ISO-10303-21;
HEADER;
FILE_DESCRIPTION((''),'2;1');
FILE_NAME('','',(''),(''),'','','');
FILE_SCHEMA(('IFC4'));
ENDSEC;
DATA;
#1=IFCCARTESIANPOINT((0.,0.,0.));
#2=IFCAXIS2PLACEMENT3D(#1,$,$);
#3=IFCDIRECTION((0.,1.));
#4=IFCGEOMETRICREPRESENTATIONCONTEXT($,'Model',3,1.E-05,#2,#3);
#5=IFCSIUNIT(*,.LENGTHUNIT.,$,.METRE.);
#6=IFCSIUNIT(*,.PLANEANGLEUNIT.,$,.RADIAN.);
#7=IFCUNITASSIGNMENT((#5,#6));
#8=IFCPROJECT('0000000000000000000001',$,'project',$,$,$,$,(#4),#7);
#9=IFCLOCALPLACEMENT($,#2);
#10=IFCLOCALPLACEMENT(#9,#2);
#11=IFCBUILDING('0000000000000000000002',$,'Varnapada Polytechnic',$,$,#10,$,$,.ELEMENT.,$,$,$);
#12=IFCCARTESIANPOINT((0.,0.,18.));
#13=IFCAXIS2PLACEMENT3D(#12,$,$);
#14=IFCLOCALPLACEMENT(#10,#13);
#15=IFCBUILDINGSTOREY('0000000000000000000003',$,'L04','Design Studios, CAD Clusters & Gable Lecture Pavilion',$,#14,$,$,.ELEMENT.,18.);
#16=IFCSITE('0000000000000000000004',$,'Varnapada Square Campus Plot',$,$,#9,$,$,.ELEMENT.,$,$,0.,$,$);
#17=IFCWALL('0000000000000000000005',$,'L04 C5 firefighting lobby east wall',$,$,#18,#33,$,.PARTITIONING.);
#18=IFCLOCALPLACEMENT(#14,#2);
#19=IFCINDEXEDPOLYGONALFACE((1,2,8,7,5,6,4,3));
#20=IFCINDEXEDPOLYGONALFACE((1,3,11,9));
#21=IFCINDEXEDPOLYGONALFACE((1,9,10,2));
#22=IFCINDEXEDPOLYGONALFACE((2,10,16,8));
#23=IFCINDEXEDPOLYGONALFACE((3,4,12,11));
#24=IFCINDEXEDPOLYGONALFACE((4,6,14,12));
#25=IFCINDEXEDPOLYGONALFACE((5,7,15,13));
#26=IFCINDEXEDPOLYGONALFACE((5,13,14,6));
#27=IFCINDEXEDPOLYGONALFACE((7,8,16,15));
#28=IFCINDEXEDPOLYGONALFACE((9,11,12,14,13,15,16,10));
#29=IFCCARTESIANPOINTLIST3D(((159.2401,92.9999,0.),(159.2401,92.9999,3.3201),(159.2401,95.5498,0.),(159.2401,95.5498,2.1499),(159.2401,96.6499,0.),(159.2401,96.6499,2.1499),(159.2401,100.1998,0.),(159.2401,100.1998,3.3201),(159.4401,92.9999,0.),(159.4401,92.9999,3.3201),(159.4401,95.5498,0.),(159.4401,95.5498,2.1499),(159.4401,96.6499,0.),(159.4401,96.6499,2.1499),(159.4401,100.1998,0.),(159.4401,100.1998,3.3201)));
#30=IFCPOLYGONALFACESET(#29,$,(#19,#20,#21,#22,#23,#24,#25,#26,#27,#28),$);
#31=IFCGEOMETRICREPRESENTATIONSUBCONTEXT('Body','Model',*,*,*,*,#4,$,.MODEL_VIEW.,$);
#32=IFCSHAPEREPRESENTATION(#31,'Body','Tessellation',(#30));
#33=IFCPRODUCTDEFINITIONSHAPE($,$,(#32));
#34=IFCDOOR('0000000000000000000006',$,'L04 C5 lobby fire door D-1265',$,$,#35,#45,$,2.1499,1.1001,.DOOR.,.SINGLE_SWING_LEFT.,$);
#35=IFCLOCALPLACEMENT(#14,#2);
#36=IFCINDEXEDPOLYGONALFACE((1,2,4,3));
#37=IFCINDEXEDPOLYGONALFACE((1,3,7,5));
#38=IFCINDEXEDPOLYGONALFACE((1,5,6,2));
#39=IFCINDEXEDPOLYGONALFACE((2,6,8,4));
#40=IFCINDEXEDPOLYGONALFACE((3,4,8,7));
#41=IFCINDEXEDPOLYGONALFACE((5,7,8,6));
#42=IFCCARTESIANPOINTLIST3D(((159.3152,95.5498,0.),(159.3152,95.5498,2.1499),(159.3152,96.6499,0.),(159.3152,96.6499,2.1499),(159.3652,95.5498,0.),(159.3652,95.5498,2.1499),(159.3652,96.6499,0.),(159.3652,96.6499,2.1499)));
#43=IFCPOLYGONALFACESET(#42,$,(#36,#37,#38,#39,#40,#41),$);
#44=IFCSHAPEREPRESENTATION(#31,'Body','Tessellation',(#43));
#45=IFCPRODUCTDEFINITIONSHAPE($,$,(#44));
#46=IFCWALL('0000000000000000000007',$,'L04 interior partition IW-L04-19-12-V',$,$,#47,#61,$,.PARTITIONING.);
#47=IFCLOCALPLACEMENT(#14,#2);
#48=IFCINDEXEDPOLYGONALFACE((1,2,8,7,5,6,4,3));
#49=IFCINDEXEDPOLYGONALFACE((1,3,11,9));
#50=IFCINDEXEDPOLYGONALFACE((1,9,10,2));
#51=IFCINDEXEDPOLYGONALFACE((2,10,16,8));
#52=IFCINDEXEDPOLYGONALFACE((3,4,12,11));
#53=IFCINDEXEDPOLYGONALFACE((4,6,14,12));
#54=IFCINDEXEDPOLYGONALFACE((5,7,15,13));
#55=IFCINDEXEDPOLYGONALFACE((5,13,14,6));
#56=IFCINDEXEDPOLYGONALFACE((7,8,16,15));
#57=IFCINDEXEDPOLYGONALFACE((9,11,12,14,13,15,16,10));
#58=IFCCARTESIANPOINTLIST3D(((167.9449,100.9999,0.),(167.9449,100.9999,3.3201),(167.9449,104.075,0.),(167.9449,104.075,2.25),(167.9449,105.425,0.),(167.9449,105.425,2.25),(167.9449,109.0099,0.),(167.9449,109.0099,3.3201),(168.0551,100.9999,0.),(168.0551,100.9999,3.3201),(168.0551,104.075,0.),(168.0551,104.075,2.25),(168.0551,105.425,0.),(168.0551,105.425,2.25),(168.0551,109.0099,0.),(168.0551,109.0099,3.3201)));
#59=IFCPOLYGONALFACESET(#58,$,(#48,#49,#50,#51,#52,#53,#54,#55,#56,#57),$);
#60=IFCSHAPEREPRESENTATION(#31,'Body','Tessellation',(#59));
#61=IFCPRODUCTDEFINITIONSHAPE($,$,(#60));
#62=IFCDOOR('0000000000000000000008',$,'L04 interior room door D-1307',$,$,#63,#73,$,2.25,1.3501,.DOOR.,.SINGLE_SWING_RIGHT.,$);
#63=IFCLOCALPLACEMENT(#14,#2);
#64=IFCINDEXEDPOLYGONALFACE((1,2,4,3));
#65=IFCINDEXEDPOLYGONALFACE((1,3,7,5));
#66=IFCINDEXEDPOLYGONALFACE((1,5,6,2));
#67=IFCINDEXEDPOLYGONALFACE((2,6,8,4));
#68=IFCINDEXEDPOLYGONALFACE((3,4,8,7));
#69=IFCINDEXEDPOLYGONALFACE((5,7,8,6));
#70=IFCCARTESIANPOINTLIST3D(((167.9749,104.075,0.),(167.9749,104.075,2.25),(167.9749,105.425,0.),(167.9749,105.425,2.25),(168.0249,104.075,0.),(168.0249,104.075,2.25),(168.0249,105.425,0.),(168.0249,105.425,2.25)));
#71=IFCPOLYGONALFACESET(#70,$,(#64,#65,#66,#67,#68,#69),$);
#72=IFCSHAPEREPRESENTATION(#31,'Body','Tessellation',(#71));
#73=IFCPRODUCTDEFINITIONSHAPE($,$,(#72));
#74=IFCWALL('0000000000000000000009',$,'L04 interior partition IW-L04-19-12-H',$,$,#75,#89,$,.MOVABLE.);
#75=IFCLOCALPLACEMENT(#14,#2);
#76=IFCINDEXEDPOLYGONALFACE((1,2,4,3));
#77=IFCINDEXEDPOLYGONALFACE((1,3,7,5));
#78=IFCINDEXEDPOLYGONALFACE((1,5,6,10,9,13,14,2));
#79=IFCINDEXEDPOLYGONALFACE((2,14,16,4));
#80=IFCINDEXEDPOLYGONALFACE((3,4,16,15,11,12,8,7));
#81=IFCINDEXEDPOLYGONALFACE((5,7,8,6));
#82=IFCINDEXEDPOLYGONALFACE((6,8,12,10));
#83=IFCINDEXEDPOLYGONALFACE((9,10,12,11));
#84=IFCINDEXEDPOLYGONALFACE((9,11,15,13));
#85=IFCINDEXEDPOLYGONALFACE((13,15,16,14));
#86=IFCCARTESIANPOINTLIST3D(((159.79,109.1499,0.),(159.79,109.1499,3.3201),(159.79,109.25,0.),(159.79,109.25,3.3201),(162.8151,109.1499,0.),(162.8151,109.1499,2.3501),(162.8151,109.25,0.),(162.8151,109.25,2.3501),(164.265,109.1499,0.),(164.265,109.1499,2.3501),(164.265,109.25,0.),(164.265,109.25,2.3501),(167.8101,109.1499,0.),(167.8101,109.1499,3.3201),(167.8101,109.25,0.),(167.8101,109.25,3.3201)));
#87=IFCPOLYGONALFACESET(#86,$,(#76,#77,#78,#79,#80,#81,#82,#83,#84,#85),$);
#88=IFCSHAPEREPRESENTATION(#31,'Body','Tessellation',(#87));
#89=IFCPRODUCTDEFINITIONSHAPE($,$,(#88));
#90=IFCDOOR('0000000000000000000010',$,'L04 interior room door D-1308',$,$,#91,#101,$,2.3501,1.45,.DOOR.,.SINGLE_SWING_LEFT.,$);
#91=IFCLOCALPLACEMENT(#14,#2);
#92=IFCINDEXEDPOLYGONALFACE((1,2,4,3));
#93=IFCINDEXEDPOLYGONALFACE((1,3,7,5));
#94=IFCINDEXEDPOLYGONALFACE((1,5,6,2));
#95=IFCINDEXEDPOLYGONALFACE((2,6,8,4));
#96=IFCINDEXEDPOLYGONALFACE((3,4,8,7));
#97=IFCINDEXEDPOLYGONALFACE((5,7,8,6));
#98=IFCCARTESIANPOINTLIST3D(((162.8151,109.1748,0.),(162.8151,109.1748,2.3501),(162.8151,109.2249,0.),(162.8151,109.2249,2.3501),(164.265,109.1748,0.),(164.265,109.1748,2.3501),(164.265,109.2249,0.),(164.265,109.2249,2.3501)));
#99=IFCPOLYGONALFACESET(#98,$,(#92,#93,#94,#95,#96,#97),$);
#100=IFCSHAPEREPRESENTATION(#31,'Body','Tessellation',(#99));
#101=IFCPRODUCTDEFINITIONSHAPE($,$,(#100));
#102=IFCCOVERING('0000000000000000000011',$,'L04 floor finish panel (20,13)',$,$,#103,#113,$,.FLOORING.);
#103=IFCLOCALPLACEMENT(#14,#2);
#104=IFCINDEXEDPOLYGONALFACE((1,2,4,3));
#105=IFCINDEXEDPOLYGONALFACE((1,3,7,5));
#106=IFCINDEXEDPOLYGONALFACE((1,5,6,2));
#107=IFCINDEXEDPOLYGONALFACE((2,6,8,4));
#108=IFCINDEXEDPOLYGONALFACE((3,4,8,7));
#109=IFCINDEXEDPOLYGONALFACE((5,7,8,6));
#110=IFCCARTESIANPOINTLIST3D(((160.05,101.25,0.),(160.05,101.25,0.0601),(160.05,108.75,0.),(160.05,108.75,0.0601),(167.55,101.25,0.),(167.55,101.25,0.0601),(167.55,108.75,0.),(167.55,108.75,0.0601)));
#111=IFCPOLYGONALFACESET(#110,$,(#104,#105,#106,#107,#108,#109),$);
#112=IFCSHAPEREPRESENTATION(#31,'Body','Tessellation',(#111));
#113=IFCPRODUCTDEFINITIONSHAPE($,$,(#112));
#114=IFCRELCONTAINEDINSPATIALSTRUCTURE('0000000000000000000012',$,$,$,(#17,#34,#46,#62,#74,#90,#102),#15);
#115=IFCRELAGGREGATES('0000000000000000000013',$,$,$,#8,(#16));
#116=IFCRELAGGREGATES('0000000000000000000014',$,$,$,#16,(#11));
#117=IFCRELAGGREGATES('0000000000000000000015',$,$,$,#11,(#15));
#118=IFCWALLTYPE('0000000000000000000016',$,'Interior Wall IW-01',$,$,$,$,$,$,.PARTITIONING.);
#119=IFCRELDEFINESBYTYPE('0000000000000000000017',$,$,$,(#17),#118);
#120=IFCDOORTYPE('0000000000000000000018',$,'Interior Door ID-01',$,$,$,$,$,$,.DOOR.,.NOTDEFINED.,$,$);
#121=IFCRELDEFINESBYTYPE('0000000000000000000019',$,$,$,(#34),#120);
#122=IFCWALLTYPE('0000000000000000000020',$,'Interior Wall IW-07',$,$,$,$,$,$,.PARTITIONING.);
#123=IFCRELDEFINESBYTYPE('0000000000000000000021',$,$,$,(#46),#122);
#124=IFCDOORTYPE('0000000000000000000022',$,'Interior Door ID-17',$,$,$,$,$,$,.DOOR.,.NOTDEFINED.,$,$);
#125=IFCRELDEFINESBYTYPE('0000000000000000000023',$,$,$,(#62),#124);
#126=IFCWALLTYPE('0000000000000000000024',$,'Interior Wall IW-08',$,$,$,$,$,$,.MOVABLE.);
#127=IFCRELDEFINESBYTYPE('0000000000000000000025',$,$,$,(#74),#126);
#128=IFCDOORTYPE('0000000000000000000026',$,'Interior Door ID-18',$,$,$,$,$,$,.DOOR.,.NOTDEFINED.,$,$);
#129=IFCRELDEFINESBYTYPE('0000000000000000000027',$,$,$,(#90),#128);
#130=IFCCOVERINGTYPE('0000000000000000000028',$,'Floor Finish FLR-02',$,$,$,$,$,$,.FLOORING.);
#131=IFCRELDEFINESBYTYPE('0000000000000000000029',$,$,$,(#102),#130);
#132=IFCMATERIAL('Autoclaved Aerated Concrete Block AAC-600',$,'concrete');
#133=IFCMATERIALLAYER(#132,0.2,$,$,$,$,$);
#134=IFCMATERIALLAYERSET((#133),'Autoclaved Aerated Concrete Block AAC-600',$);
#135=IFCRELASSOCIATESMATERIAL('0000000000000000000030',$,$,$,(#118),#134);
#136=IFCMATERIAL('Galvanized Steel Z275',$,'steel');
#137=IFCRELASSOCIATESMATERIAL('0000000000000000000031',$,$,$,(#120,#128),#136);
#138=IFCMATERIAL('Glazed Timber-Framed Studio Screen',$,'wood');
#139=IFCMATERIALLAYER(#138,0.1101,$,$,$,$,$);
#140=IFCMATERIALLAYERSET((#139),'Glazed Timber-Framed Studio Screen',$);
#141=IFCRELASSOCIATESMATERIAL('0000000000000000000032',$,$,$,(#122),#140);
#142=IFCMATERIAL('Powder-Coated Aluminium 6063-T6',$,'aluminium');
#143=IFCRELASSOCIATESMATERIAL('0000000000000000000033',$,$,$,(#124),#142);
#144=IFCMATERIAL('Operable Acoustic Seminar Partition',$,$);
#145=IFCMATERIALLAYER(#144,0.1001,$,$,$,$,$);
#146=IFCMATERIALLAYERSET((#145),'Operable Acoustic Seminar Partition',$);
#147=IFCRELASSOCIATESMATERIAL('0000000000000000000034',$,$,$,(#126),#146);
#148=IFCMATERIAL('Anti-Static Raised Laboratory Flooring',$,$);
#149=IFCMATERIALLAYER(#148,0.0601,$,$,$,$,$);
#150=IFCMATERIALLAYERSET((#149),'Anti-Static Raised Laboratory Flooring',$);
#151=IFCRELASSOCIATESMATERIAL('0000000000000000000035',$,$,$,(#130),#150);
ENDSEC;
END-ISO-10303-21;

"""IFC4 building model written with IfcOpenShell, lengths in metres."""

from ifc_helpers import new_model, si_unit, direction, frame, frame_2d, origin, origin_2d, place, context, subcontext, project, spatial, rectangle, extrude, material, layer, layer_set, type_object, element, fill, save


model = new_model("IFC4")

# Units and contexts
model_context = context("Model", 3, precision=1e-05, world=origin(), true_north=direction((0.0, 1.0)))
body_context = subcontext(model_context, "Body", "Model", "MODEL_VIEW")
ifc_project = project(units=[si_unit("LENGTHUNIT", "METRE"), si_unit("PLANEANGLEUNIT", "RADIAN")], contexts=[model_context])

# Site, building, storey
site_placement = place(None, origin())
site = spatial("IfcSite", under=ifc_project, at=site_placement, Name="Varnapada Square Campus Plot", CompositionType="ELEMENT", RefElevation=0.0)
building_placement = place(site_placement, origin())
building = spatial("IfcBuilding", under=site, at=building_placement, Name="Varnapada Polytechnic", CompositionType="ELEMENT")
storey_placement = place(building_placement, frame((0.0, 0.0, 18.0)))
storey = spatial("IfcBuildingStorey", under=building, at=storey_placement, Name="L04", Description="Design Studios, CAD Clusters & Gable Lecture Pavilion", CompositionType="ELEMENT", Elevation=18.0)

# Walls, openings, doors
ifc_material_1 = material(Name="Autoclaved Aerated Concrete Block AAC-600", Category="concrete")
ifc_layer_1 = layer(ifc_material_1, 0.2)
ifc_layer_set_1 = layer_set([ifc_layer_1], Name="Autoclaved Aerated Concrete Block AAC-600")
wall_type_1 = type_object("IfcWallType", Name="Interior Wall IW-01", PredefinedType="PARTITIONING", material=ifc_layer_set_1)
wall_1_placement = place(storey_placement, frame((159.3401, 100.2, 0.0), z_axis=(0.0, 0.0, 1.0), x_axis=(0.0, -1.0, 0.0)))
wall_1 = element("IfcWall", 1, at=wall_1_placement, inside=storey, type_object=wall_type_1, Name="L04 C5 firefighting lobby east wall", PredefinedType="PARTITIONING", context=body_context, shape_type="SweptSolid", body=[
    extrude(rectangle(XDim=7.2, YDim=0.2, at=frame_2d((3.6001, 0.0))), origin(), (0.0, 0.0, 1.0), 3.3201),
])
opening_1_placement = place(wall_1_placement, frame((3.55, 0.0, 0.0)))
opening_1 = element("IfcOpeningElement", 2, at=opening_1_placement, cuts=wall_1, PredefinedType="OPENING", context=body_context, shape_type="SweptSolid", body=[
    extrude(rectangle(XDim=1.1001, YDim=2.1499, at=frame_2d((0.55, 1.075))), frame((0.0, 0.1099, 0.0), z_axis=(0.0, -1.0, 0.0), x_axis=(1.0, 0.0, 0.0)), (0.0, 0.0, 1.0), 0.22),
])
ifc_material_2 = material(Name="Galvanized Steel Z275", Category="steel")
door_type_1 = type_object("IfcDoorType", Name="Interior Door ID-01", OperationType="NOTDEFINED", PredefinedType="DOOR", material=ifc_material_2)
door_1_placement = place(opening_1_placement, frame((1.1001, 0.0, 0.0), z_axis=(0.0, 0.0, 1.0), x_axis=(-1.0, 0.0, 0.0)))
door_1 = element("IfcDoor", 3, at=door_1_placement, inside=storey, type_object=door_type_1, Name="L04 C5 lobby fire door D-1265", OperationType="SINGLE_SWING_LEFT", OverallHeight=2.1499, OverallWidth=1.1001, PredefinedType="DOOR", context=body_context, shape_type="SweptSolid", body=[
    extrude(rectangle(XDim=1.1001, YDim=2.1499, at=frame_2d((0.55, 1.075))), frame((0.0, 0.0249, 0.0), z_axis=(0.0, -1.0, 0.0), x_axis=(1.0, 0.0, 0.0)), (0.0, 0.0, 1.0), 0.05),
])
fill(opening_1, door_1)
ifc_material_3 = material(Name="Glazed Timber-Framed Studio Screen", Category="wood")
ifc_layer_2 = layer(ifc_material_3, 0.1101)
ifc_layer_set_2 = layer_set([ifc_layer_2], Name="Glazed Timber-Framed Studio Screen")
wall_type_2 = type_object("IfcWallType", Name="Interior Wall IW-07", PredefinedType="PARTITIONING", material=ifc_layer_set_2)
wall_2_placement = place(storey_placement, frame((168.0, 101.0, 0.0), z_axis=(0.0, 0.0, 1.0), x_axis=(0.0, 1.0, 0.0)))
wall_2 = element("IfcWall", 4, at=wall_2_placement, inside=storey, type_object=wall_type_2, Name="L04 interior partition IW-L04-19-12-V", PredefinedType="PARTITIONING", context=body_context, shape_type="SweptSolid", body=[
    extrude(rectangle(XDim=8.01, YDim=0.1101, at=frame_2d((4.0049, 0.0))), origin(), (0.0, 0.0, 1.0), 3.3201),
])
opening_2_placement = place(wall_2_placement, frame((3.075, 0.0, 0.0)))
opening_2 = element("IfcOpeningElement", 5, at=opening_2_placement, cuts=wall_2, PredefinedType="OPENING", context=body_context, shape_type="SweptSolid", body=[
    extrude(rectangle(XDim=1.3501, YDim=2.25, at=frame_2d((0.675, 1.125))), frame((0.0, 0.0649, 0.0), z_axis=(0.0, -1.0, 0.0), x_axis=(1.0, 0.0, 0.0)), (0.0, 0.0, 1.0), 0.1301),
])
ifc_material_4 = material(Name="Powder-Coated Aluminium 6063-T6", Category="aluminium")
door_type_2 = type_object("IfcDoorType", Name="Interior Door ID-17", OperationType="NOTDEFINED", PredefinedType="DOOR", material=ifc_material_4)
door_2_placement = place(opening_2_placement, frame((1.3501, 0.0, 0.0), z_axis=(0.0, 0.0, 1.0), x_axis=(-1.0, 0.0, 0.0)))
door_2 = element("IfcDoor", 6, at=door_2_placement, inside=storey, type_object=door_type_2, Name="L04 interior room door D-1307", OperationType="SINGLE_SWING_RIGHT", OverallHeight=2.25, OverallWidth=1.3501, PredefinedType="DOOR", context=body_context, shape_type="SweptSolid", body=[
    extrude(rectangle(XDim=1.3501, YDim=2.25, at=frame_2d((0.675, 1.125))), frame((0.0, 0.0249, 0.0), z_axis=(0.0, -1.0, 0.0), x_axis=(1.0, 0.0, 0.0)), (0.0, 0.0, 1.0), 0.05),
])
fill(opening_2, door_2)
ifc_material_5 = material(Name="Operable Acoustic Seminar Partition")
ifc_layer_3 = layer(ifc_material_5, 0.1001)
ifc_layer_set_3 = layer_set([ifc_layer_3], Name="Operable Acoustic Seminar Partition")
wall_type_3 = type_object("IfcWallType", Name="Interior Wall IW-08", PredefinedType="MOVABLE", material=ifc_layer_set_3)
wall_3_placement = place(storey_placement, frame((159.79, 109.2, 0.0), z_axis=(0.0, 0.0, 1.0), x_axis=(1.0, 0.0, 0.0)))
wall_3 = element("IfcWall", 7, at=wall_3_placement, inside=storey, type_object=wall_type_3, Name="L04 interior partition IW-L04-19-12-H", PredefinedType="MOVABLE", context=body_context, shape_type="SweptSolid", body=[
    extrude(rectangle(XDim=8.02, YDim=0.1001, at=frame_2d((4.01, 0.0))), origin(), (0.0, 0.0, 1.0), 3.3201),
])
opening_3_placement = place(wall_3_placement, frame((3.0249, 0.0, 0.0)))
opening_3 = element("IfcOpeningElement", 8, at=opening_3_placement, cuts=wall_3, PredefinedType="OPENING", context=body_context, shape_type="SweptSolid", body=[
    extrude(rectangle(XDim=1.45, YDim=2.3501, at=frame_2d((0.7251, 1.175))), frame((0.0, 0.0601, 0.0), z_axis=(0.0, -1.0, 0.0), x_axis=(1.0, 0.0, 0.0)), (0.0, 0.0, 1.0), 0.1201),
])
door_type_3 = type_object("IfcDoorType", Name="Interior Door ID-18", OperationType="NOTDEFINED", PredefinedType="DOOR", material=ifc_material_2)
door_3_placement = place(opening_3_placement, origin())
door_3 = element("IfcDoor", 9, at=door_3_placement, inside=storey, type_object=door_type_3, Name="L04 interior room door D-1308", OperationType="SINGLE_SWING_LEFT", OverallHeight=2.3501, OverallWidth=1.45, PredefinedType="DOOR", context=body_context, shape_type="SweptSolid", body=[
    extrude(rectangle(XDim=1.45, YDim=2.3501, at=frame_2d((0.7251, 1.175))), frame((0.0, 0.0249, 0.0), z_axis=(0.0, -1.0, 0.0), x_axis=(1.0, 0.0, 0.0)), (0.0, 0.0, 1.0), 0.05),
])
fill(opening_3, door_3)

# Covering
ifc_material_6 = material(Name="Anti-Static Raised Laboratory Flooring")
ifc_layer_4 = layer(ifc_material_6, 0.0601)
ifc_layer_set_4 = layer_set([ifc_layer_4], Name="Anti-Static Raised Laboratory Flooring")
covering_type = type_object("IfcCoveringType", Name="Floor Finish FLR-02", PredefinedType="FLOORING", material=ifc_layer_set_4)
covering_placement = place(storey_placement, frame((163.8, 105.0, 0.0), z_axis=(0.0, 0.0, 1.0), x_axis=(1.0, 0.0, 0.0)))
element("IfcCovering", 10, at=covering_placement, inside=storey, type_object=covering_type, Name="L04 floor finish panel (20,13)", PredefinedType="FLOORING", context=body_context, shape_type="SweptSolid", body=[
    extrude(rectangle(XDim=7.5, YDim=7.5, at=origin_2d()), origin(), (0.0, 0.0, 1.0), 0.0601),
])

save(model, "model.ifc")
